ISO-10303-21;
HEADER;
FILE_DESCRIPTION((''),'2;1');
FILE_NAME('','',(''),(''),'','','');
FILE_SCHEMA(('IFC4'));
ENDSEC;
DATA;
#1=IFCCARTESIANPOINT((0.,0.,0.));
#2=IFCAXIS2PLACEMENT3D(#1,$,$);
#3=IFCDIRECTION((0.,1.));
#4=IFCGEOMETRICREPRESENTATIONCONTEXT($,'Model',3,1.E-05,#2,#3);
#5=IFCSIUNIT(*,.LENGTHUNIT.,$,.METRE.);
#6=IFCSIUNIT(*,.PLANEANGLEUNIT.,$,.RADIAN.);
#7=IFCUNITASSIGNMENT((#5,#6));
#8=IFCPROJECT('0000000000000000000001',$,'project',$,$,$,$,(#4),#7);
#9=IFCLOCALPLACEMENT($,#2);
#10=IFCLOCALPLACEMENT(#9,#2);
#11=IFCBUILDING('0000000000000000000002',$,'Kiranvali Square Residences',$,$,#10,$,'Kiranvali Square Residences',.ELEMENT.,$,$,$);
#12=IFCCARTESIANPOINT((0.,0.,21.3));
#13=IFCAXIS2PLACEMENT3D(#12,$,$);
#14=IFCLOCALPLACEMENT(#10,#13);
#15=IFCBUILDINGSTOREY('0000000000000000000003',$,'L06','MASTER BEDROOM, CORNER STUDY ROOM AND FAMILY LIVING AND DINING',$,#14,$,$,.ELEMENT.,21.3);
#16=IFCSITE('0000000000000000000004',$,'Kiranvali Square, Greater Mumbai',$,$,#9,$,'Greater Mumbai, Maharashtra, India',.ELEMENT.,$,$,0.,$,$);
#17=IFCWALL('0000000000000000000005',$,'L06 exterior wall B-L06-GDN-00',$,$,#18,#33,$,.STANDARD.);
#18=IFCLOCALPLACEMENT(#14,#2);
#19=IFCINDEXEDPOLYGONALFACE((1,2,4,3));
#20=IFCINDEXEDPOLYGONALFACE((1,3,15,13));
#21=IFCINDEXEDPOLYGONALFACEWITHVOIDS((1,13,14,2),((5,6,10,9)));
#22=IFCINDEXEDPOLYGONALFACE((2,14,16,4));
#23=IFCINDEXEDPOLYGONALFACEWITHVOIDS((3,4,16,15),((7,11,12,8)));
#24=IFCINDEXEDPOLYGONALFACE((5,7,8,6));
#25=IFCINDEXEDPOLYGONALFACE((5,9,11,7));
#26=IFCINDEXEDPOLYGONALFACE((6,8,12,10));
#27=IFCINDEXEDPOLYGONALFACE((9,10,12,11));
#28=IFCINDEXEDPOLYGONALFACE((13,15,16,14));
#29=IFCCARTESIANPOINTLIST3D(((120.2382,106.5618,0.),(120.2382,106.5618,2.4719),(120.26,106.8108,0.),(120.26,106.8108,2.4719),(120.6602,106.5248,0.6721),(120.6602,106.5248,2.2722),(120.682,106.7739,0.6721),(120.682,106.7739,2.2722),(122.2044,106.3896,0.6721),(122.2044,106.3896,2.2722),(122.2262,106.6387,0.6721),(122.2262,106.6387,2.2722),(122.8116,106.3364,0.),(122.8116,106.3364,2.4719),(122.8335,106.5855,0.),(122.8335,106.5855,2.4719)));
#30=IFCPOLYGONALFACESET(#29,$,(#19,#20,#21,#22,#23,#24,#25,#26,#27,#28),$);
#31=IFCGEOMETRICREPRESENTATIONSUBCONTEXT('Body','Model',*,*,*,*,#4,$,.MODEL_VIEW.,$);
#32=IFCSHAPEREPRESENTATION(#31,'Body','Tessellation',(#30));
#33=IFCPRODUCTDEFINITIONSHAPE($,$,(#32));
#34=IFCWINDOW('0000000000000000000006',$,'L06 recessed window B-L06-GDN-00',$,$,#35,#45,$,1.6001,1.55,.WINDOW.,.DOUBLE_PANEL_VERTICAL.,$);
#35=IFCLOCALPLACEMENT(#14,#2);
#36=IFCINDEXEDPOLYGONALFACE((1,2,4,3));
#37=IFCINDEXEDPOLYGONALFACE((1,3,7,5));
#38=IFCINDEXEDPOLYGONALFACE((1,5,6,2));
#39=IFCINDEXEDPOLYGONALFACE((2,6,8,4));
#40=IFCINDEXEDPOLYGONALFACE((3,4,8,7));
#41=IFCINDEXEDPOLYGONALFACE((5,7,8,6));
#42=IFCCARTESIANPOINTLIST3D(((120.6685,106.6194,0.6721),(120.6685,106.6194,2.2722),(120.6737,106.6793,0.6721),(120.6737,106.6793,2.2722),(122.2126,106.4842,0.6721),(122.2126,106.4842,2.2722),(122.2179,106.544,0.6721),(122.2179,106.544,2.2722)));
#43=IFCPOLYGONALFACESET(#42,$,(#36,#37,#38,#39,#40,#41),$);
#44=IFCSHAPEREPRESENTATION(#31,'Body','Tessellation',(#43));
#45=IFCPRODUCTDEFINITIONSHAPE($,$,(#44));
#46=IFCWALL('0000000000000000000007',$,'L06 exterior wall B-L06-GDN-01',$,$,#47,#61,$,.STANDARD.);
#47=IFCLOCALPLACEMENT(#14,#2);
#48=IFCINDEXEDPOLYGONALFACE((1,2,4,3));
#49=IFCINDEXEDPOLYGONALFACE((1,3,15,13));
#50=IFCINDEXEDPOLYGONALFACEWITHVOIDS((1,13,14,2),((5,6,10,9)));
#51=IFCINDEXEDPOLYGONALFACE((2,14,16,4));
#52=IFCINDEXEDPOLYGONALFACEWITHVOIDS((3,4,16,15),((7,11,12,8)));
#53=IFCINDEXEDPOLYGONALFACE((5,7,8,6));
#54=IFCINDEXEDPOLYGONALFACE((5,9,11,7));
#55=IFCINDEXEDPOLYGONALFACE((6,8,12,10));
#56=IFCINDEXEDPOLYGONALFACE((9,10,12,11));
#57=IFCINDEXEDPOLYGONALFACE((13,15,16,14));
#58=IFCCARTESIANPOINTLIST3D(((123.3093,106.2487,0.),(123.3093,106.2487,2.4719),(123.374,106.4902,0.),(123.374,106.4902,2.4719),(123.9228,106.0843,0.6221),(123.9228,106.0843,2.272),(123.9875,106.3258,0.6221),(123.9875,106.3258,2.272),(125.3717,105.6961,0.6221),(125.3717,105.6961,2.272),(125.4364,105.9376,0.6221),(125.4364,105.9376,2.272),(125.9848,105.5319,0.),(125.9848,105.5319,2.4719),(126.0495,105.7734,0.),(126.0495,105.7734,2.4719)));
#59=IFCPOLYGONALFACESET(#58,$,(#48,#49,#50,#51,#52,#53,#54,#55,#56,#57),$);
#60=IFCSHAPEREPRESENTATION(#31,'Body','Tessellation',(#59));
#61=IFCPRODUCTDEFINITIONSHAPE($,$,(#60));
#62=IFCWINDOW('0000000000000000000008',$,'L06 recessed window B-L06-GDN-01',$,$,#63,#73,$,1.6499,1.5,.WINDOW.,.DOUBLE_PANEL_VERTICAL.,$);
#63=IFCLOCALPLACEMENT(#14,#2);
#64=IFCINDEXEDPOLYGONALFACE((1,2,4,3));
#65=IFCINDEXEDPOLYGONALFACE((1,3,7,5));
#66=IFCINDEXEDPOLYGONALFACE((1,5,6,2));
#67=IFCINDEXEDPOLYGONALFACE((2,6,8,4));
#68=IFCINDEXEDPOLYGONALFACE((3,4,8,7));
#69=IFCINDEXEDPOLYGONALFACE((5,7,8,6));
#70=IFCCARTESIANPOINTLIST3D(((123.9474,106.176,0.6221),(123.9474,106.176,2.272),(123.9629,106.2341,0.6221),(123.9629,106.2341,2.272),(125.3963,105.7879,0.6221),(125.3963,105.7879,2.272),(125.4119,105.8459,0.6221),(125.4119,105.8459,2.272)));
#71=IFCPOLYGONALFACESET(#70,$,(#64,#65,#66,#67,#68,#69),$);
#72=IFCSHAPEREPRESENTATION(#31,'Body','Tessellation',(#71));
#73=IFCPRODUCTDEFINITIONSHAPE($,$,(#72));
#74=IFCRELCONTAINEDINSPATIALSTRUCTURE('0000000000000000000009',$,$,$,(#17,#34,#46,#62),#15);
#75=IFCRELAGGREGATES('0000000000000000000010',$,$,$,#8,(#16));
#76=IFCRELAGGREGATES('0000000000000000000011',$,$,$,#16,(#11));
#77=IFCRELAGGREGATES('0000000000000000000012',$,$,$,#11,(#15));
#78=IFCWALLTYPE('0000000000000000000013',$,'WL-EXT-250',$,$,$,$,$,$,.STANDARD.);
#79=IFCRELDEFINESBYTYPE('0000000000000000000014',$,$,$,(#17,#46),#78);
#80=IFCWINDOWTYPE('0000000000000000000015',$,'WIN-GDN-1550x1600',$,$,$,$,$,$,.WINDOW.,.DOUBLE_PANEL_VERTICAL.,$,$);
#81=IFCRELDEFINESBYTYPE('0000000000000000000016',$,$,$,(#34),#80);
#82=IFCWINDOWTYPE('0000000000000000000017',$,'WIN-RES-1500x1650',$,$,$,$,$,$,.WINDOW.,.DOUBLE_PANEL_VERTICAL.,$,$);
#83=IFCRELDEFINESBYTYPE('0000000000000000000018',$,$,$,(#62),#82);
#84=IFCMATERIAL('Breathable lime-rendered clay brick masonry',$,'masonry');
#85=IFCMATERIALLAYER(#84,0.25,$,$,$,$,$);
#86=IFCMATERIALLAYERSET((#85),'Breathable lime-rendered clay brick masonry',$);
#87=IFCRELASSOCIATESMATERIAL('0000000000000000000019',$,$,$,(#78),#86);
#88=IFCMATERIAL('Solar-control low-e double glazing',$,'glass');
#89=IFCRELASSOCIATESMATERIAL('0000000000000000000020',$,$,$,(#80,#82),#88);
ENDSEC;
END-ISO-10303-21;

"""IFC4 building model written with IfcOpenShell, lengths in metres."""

from ifc_helpers import new_model, si_unit, direction, frame, frame_2d, origin, place, context, subcontext, project, spatial, rectangle, extrude, material, layer, layer_set, type_object, element, fill, save


model = new_model("IFC4")

# Units and contexts
model_context = context("Model", 3, precision=1e-05, world=origin(), true_north=direction((0.0, 1.0)))
body_context = subcontext(model_context, "Body", "Model", "MODEL_VIEW")
ifc_project = project(units=[si_unit("LENGTHUNIT", "METRE"), si_unit("PLANEANGLEUNIT", "RADIAN")], contexts=[model_context])

# Site, building, storey
site_placement = place(None, origin())
site = spatial("IfcSite", under=ifc_project, at=site_placement, Name="Kiranvali Square, Greater Mumbai", LongName="Greater Mumbai, Maharashtra, India", CompositionType="ELEMENT", RefElevation=0.0)
building_placement = place(site_placement, origin())
building = spatial("IfcBuilding", under=site, at=building_placement, Name="Kiranvali Square Residences", LongName="Kiranvali Square Residences", CompositionType="ELEMENT")
storey_placement = place(building_placement, frame((0.0, 0.0, 21.3)))
storey = spatial("IfcBuildingStorey", under=building, at=storey_placement, Name="L06", Description="MASTER BEDROOM, CORNER STUDY ROOM AND FAMILY LIVING AND DINING", CompositionType="ELEMENT", Elevation=21.3)

# Walls, openings, windows
ifc_material_1 = material(Name="Breathable lime-rendered clay brick masonry", Category="masonry")
ifc_layer_1 = layer(ifc_material_1, 0.25)
ifc_layer_set_1 = layer_set([ifc_layer_1], Name="Breathable lime-rendered clay brick masonry")
wall_type_1 = type_object("IfcWallType", Name="WL-EXT-250", PredefinedType="STANDARD", material=ifc_layer_set_1)
wall_1_placement = place(storey_placement, frame((120.2493, 106.6863, 0.0), z_axis=(0.0, 0.0, 1.0), x_axis=(0.996188, -0.087229, 0.0)))
wall_1 = element("IfcWall", 1, at=wall_1_placement, inside=storey, type_object=wall_type_1, Name="L06 exterior wall B-L06-GDN-00", PredefinedType="STANDARD", context=body_context, shape_type="SweptSolid", body=[
    extrude(rectangle(XDim=2.5833, YDim=0.25, at=frame_2d((1.2915, 0.0))), origin(), (0.0, 0.0, 1.0), 2.4719),
])
opening_1_placement = place(wall_1_placement, frame((0.4236, 0.0, 0.6721)))
opening_1 = element("IfcOpeningElement", 2, at=opening_1_placement, cuts=wall_1, PredefinedType="OPENING", context=body_context, shape_type="SweptSolid", body=[
    extrude(rectangle(XDim=1.55, YDim=1.6001, at=frame_2d((0.7749, 0.8))), frame((0.0, 0.135, 0.0), z_axis=(0.0, -1.0, 0.0), x_axis=(1.0, 0.0, 0.0)), (0.0, 0.0, 1.0), 0.27),
])
ifc_material_2 = material(Name="Solar-control low-e double glazing", Category="glass")
window_type_1 = type_object("IfcWindowType", Name="WIN-GDN-1550x1600", PartitioningType="DOUBLE_PANEL_VERTICAL", PredefinedType="WINDOW", material=ifc_material_2)
window_1_placement = place(opening_1_placement, origin())
window_1 = element("IfcWindow", 3, at=window_1_placement, inside=storey, type_object=window_type_1, Name="L06 recessed window B-L06-GDN-00", OverallHeight=1.6001, OverallWidth=1.55, PartitioningType="DOUBLE_PANEL_VERTICAL", PredefinedType="WINDOW", context=body_context, shape_type="SweptSolid", body=[
    extrude(rectangle(XDim=1.55, YDim=1.6001, at=frame_2d((0.7749, 0.8))), frame((0.0, 0.03, 0.0), z_axis=(0.0, -1.0, 0.0), x_axis=(1.0, 0.0, 0.0)), (0.0, 0.0, 1.0), 0.0601),
])
fill(opening_1, window_1)
wall_2_placement = place(storey_placement, frame((123.3418, 106.3694, 0.0), z_axis=(0.0, 0.0, 1.0), x_axis=(0.965936, -0.258782, 0.0)))
wall_2 = element("IfcWall", 4, at=wall_2_placement, inside=storey, type_object=wall_type_1, Name="L06 exterior wall B-L06-GDN-01", PredefinedType="STANDARD", context=body_context, shape_type="SweptSolid", body=[
    extrude(rectangle(XDim=2.7698, YDim=0.25, at=frame_2d((1.3848, 0.0))), origin(), (0.0, 0.0, 1.0), 2.4719),
])
opening_2_placement = place(wall_2_placement, frame((0.635, 0.0, 0.6221)))
opening_2 = element("IfcOpeningElement", 5, at=opening_2_placement, cuts=wall_2, PredefinedType="OPENING", context=body_context, shape_type="SweptSolid", body=[
    extrude(rectangle(XDim=1.5, YDim=1.6499, at=frame_2d((0.75, 0.825))), frame((0.0, 0.135, 0.0), z_axis=(0.0, -1.0, 0.0), x_axis=(1.0, 0.0, 0.0)), (0.0, 0.0, 1.0), 0.27),
])
window_type_2 = type_object("IfcWindowType", Name="WIN-RES-1500x1650", PartitioningType="DOUBLE_PANEL_VERTICAL", PredefinedType="WINDOW", material=ifc_material_2)
window_2_placement = place(opening_2_placement, origin())
window_2 = element("IfcWindow", 6, at=window_2_placement, inside=storey, type_object=window_type_2, Name="L06 recessed window B-L06-GDN-01", OverallHeight=1.6499, OverallWidth=1.5, PartitioningType="DOUBLE_PANEL_VERTICAL", PredefinedType="WINDOW", context=body_context, shape_type="SweptSolid", body=[
    extrude(rectangle(XDim=1.5, YDim=1.6499, at=frame_2d((0.75, 0.825))), frame((0.0, 0.03, 0.0), z_axis=(0.0, -1.0, 0.0), x_axis=(1.0, 0.0, 0.0)), (0.0, 0.0, 1.0), 0.0601),
])
fill(opening_2, window_2)

save(model, "model.ifc")
